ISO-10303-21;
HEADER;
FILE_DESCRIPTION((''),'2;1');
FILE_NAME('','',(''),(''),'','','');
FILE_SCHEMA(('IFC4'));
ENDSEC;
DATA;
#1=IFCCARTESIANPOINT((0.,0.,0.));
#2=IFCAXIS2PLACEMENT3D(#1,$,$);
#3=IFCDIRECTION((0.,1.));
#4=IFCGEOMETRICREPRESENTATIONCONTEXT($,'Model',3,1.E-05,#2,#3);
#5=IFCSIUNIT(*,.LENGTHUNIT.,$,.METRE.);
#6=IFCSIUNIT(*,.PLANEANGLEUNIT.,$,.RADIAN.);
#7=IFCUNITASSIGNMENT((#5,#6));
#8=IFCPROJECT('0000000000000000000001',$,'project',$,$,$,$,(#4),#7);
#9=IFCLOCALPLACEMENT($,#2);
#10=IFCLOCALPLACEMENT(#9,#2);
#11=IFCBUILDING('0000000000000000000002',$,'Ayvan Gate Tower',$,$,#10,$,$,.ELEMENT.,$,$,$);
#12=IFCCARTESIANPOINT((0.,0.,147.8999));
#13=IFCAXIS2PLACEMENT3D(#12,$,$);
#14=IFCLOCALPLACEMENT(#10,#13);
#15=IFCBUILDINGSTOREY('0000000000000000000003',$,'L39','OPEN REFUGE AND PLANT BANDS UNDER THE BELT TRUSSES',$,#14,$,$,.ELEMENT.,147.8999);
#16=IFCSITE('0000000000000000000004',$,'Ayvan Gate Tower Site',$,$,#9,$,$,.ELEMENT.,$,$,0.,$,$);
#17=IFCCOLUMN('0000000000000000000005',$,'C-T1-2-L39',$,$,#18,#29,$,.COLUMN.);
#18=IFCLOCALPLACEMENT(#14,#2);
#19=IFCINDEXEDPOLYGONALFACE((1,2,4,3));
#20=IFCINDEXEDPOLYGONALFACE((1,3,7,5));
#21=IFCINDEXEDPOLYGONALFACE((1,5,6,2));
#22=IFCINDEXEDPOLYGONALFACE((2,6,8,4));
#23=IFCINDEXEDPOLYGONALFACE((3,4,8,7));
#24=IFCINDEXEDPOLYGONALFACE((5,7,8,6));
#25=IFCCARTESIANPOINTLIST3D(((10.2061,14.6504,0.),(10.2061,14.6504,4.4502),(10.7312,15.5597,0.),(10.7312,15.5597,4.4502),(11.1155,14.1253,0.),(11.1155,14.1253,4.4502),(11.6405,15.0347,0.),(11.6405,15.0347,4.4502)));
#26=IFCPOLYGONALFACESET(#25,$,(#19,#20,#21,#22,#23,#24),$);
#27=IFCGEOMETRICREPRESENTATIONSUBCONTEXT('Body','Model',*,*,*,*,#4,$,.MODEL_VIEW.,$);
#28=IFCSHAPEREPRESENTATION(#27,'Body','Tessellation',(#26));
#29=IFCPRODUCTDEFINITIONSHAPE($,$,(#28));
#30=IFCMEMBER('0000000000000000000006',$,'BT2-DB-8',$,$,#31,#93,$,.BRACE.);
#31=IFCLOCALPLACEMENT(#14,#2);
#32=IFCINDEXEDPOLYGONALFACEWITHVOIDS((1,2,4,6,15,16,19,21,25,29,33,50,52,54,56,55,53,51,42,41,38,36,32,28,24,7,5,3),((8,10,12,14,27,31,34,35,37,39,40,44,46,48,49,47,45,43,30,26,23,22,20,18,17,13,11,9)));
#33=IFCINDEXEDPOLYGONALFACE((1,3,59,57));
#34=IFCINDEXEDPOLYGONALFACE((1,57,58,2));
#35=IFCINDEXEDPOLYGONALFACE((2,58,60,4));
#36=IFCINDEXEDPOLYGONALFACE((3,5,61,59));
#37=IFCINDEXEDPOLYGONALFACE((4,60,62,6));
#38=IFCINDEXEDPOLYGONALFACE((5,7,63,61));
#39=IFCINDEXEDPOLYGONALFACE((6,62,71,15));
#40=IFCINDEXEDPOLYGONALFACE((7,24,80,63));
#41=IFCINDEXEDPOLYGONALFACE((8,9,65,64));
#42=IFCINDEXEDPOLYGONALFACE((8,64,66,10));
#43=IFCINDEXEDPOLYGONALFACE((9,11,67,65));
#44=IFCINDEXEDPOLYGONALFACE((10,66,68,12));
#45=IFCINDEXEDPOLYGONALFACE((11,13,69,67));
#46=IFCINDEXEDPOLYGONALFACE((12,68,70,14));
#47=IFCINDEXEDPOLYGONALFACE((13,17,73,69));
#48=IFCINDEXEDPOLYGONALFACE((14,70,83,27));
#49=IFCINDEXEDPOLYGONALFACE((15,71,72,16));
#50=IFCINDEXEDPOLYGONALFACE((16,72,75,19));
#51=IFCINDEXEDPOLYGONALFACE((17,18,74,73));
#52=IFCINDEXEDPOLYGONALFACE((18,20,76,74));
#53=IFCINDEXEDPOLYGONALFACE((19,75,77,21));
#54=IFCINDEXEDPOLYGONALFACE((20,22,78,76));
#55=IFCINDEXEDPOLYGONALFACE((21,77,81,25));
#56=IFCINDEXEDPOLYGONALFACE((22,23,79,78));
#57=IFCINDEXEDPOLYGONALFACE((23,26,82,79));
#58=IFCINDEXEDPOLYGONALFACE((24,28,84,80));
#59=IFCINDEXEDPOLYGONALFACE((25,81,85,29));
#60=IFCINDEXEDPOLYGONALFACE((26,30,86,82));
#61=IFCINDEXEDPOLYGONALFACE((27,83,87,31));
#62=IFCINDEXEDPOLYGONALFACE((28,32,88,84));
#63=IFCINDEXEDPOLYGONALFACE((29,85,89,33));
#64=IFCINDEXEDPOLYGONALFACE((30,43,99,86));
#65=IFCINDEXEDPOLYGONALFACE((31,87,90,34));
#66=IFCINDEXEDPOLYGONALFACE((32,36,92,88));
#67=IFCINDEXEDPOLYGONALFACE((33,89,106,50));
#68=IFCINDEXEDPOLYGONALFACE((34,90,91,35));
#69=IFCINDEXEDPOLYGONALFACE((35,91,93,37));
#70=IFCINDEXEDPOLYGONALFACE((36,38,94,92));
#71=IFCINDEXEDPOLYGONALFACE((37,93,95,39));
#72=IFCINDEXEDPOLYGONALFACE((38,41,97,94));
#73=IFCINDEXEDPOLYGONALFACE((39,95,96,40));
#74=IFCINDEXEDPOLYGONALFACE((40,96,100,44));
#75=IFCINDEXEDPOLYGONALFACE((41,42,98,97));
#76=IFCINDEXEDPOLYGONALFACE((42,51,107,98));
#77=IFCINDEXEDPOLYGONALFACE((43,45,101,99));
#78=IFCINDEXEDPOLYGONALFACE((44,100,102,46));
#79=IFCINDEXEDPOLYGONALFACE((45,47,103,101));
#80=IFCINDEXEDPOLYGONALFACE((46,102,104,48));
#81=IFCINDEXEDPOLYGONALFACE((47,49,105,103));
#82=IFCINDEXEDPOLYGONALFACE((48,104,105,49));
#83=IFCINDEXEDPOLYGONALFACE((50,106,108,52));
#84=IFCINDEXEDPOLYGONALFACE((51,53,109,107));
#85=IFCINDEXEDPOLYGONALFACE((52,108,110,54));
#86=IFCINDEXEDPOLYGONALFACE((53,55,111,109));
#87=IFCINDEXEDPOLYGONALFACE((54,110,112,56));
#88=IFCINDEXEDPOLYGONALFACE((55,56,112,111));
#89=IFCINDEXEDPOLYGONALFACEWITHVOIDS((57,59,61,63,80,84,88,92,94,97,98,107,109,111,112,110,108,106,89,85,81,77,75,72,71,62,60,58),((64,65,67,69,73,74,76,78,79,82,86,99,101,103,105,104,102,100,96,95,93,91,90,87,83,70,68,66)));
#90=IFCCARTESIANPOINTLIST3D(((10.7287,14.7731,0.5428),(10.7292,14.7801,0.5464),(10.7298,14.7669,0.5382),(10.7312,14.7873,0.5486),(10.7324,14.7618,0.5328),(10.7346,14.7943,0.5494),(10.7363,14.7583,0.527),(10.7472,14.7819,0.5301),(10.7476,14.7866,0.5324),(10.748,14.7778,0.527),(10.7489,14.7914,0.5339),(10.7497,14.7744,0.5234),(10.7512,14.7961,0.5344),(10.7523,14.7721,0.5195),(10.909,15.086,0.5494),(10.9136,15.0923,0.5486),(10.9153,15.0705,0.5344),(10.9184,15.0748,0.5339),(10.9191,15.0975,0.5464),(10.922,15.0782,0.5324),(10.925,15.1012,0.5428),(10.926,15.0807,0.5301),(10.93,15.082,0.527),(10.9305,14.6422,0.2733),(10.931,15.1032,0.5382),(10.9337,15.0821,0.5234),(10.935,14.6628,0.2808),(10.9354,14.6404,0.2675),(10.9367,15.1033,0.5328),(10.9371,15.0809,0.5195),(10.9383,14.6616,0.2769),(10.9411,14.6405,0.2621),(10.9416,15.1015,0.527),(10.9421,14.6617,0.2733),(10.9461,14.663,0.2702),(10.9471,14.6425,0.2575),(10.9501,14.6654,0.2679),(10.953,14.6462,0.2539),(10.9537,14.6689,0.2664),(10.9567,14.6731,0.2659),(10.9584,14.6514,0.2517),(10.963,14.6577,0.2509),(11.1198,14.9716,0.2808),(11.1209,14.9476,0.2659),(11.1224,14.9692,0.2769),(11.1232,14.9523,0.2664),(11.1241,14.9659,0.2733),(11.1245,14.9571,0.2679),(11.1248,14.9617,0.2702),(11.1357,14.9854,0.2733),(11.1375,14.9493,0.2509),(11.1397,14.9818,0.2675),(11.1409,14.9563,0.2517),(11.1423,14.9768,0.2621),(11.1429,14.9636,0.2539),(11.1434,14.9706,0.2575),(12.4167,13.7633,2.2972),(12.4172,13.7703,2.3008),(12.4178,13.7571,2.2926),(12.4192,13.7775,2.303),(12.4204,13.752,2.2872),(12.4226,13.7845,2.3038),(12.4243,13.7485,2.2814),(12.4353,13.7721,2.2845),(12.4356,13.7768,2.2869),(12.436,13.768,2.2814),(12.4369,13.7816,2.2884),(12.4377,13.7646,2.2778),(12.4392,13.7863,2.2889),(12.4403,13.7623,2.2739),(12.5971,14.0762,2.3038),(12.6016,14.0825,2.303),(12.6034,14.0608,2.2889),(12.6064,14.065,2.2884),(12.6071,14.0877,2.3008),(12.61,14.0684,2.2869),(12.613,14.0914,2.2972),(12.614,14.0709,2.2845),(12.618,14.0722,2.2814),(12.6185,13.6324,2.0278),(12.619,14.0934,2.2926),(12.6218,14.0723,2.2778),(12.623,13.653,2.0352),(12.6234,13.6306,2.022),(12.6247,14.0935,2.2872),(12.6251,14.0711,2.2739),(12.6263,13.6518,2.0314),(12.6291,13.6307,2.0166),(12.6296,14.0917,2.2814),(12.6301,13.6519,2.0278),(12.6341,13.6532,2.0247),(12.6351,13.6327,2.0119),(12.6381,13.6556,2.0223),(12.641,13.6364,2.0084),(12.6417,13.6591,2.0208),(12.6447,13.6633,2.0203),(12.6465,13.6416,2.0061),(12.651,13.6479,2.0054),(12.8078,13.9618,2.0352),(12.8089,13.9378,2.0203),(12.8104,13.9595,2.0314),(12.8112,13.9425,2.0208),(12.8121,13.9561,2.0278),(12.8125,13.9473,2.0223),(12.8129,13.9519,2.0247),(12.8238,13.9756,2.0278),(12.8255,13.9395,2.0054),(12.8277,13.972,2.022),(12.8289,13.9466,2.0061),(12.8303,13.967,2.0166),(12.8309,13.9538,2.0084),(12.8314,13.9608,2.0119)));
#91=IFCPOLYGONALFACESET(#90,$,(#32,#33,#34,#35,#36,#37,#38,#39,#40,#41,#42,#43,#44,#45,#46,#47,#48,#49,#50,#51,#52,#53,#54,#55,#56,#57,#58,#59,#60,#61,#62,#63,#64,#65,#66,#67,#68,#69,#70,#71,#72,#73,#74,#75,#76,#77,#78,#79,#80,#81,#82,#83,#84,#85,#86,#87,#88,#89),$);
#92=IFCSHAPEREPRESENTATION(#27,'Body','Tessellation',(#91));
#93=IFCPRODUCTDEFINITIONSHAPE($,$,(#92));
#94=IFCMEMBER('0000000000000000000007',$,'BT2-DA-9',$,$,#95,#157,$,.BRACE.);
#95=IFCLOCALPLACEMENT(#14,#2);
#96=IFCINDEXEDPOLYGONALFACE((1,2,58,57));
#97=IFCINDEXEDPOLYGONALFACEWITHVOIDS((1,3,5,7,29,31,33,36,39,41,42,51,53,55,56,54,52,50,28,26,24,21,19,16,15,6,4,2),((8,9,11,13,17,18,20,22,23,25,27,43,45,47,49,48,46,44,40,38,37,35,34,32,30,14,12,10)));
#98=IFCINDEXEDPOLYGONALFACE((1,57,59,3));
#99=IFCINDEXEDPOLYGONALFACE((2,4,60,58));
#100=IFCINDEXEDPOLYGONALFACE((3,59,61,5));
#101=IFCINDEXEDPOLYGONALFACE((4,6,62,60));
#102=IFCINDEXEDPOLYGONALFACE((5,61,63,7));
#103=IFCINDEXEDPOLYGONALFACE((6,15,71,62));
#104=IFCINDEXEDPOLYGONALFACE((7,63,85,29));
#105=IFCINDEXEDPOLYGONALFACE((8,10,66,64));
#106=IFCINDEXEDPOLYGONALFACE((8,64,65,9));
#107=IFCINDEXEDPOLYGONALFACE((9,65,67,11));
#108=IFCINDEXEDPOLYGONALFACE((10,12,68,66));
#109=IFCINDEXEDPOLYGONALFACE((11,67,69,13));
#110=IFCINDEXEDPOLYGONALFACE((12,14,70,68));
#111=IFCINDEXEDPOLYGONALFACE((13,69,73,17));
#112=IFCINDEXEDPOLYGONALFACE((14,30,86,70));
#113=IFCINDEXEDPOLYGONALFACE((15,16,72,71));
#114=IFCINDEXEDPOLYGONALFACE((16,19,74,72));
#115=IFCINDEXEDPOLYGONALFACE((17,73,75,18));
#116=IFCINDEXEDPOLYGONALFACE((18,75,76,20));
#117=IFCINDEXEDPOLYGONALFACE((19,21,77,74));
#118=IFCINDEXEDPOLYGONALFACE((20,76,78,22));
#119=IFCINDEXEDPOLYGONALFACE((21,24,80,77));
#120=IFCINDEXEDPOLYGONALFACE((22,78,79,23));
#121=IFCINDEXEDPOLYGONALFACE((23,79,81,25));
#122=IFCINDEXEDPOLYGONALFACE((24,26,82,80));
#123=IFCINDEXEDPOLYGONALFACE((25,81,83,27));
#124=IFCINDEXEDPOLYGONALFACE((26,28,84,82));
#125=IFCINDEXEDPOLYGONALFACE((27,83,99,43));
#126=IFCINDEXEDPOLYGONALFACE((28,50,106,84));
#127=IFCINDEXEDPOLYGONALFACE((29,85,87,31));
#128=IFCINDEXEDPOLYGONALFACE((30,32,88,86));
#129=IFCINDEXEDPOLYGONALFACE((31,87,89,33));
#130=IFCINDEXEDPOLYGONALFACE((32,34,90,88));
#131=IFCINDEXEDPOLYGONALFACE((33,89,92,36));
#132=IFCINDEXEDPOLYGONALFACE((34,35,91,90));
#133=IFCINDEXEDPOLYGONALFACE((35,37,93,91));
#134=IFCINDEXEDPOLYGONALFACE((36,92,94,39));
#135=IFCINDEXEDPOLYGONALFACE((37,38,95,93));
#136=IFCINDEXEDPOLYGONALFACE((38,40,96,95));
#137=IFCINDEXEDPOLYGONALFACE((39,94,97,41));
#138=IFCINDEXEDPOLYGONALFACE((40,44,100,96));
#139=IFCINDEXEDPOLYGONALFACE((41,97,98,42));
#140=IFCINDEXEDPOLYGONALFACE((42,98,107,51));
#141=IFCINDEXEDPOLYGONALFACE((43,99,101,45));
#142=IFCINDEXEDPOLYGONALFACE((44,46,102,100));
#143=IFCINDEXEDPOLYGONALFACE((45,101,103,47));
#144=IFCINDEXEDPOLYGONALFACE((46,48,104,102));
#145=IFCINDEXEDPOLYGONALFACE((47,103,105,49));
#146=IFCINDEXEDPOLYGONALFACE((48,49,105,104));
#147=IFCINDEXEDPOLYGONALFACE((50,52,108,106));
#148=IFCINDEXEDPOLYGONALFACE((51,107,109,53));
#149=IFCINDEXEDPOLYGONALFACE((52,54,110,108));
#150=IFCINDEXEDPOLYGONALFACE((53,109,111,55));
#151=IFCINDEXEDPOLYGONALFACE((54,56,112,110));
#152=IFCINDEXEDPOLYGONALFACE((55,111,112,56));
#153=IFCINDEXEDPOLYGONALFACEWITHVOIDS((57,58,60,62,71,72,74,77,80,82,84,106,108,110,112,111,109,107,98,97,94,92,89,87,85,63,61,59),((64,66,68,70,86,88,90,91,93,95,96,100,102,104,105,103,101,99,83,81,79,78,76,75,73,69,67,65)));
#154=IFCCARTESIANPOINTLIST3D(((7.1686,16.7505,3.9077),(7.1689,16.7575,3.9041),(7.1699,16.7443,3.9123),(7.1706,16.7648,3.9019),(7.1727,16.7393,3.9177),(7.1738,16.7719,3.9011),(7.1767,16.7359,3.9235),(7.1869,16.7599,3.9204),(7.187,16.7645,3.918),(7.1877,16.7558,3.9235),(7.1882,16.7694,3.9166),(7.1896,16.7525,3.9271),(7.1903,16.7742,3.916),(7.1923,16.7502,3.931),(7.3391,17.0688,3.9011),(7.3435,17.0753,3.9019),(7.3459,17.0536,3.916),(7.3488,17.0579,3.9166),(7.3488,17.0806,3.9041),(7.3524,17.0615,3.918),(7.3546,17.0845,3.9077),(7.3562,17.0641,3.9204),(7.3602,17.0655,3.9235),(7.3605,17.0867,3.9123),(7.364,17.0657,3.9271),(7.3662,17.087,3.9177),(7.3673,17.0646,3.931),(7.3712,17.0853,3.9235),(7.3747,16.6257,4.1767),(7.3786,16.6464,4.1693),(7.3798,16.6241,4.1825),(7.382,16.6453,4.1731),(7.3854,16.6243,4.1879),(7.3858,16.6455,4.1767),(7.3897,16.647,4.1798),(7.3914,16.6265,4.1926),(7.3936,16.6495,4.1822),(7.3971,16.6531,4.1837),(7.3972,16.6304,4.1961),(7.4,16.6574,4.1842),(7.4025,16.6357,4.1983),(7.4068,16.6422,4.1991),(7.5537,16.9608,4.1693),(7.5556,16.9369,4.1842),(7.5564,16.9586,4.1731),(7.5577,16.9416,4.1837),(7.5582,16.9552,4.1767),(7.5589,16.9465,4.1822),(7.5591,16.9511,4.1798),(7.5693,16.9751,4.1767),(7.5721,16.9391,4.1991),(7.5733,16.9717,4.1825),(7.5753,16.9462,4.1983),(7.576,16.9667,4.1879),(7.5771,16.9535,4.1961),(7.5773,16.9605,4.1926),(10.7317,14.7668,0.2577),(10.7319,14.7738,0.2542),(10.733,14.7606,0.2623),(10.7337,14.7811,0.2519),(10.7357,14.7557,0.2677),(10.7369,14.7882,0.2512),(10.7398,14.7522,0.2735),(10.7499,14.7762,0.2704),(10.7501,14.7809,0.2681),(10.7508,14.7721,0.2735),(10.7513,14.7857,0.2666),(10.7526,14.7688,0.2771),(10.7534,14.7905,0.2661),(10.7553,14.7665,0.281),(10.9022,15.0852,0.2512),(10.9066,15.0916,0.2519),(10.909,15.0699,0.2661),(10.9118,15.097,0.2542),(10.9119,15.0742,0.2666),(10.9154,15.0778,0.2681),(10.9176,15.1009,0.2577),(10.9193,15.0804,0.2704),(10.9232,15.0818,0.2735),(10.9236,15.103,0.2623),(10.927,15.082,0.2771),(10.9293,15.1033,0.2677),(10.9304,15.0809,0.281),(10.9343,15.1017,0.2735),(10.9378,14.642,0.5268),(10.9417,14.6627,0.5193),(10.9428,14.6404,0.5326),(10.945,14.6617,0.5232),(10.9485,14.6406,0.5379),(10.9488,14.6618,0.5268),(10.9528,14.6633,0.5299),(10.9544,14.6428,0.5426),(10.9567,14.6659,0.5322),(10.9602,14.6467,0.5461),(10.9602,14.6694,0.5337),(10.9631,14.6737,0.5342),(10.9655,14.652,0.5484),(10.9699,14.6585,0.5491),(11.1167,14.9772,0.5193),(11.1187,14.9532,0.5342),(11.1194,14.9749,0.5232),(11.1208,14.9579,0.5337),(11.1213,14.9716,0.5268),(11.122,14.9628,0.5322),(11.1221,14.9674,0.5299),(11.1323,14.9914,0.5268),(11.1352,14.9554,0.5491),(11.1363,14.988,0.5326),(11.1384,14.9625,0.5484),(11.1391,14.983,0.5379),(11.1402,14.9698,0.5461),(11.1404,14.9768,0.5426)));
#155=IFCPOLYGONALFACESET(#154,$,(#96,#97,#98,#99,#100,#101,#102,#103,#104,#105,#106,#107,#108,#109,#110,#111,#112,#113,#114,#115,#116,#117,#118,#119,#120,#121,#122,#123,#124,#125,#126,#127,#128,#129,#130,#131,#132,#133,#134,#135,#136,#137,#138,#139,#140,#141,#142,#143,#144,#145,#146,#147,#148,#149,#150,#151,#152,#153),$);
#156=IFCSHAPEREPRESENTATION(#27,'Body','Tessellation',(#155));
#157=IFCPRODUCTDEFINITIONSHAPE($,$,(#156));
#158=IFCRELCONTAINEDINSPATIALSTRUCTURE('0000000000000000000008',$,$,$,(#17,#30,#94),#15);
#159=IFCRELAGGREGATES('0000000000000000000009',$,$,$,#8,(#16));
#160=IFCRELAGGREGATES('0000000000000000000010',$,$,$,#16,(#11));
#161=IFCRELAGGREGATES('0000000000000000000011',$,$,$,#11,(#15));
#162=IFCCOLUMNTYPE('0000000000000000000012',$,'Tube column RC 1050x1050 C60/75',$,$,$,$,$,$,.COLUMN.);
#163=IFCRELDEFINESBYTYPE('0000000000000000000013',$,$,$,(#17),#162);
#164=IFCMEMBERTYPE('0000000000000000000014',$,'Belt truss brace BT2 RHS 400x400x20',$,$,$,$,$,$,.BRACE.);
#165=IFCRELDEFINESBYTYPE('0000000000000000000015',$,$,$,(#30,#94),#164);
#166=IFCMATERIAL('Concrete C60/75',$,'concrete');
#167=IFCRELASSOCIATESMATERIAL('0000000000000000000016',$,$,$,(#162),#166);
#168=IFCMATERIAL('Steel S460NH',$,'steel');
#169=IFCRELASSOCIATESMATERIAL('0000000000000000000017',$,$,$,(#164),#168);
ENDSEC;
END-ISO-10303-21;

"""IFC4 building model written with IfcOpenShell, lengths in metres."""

from ifc_helpers import new_model, si_unit, direction, frame, origin, origin_2d, place, context, subcontext, project, spatial, rectangle, hollow_rectangle, extrude, material, material_profile, profile_set, type_object, element, save


model = new_model("IFC4")

# Units and contexts
model_context = context("Model", 3, precision=1e-05, world=origin(), true_north=direction((0.0, 1.0)))
body_context = subcontext(model_context, "Body", "Model", "MODEL_VIEW")
ifc_project = project(units=[si_unit("LENGTHUNIT", "METRE"), si_unit("PLANEANGLEUNIT", "RADIAN")], contexts=[model_context])

# Site, building, storey
site_placement = place(None, origin())
site = spatial("IfcSite", under=ifc_project, at=site_placement, Name="Ayvan Gate Tower Site", CompositionType="ELEMENT", RefElevation=0.0)
building_placement = place(site_placement, origin())
building = spatial("IfcBuilding", under=site, at=building_placement, Name="Ayvan Gate Tower", CompositionType="ELEMENT")
storey_placement = place(building_placement, frame((0.0, 0.0, 147.8999)))
storey = spatial("IfcBuildingStorey", under=building, at=storey_placement, Name="L39", Description="OPEN REFUGE AND PLANT BANDS UNDER THE BELT TRUSSES", CompositionType="ELEMENT", Elevation=147.8999)

# Column
ifc_material_1 = material(Name="Concrete C60/75", Category="concrete")
ifc_material_profile_1 = material_profile(ifc_material_1, rectangle(XDim=1.05, YDim=1.05, at=origin_2d()), Name="RC 1050x1050")
ifc_profile_set_1 = profile_set([ifc_material_profile_1], Name="Concrete C60/75")
column_type = type_object("IfcColumnType", Name="Tube column RC 1050x1050 C60/75", PredefinedType="COLUMN", material=ifc_profile_set_1)
column_placement = place(storey_placement, frame((10.9233, 14.8425, 0.0), z_axis=(0.0, 0.0, 1.0), x_axis=(0.5, 0.866025, 0.0)))
element("IfcColumn", 1, at=column_placement, inside=storey, type_object=column_type, Name="C-T1-2-L39", PredefinedType="COLUMN", context=body_context, shape_type="SweptSolid", body=[
    extrude(rectangle(XDim=1.05, YDim=1.05, at=origin_2d()), origin(), (0.0, 0.0, 1.0), 4.4502),
])

# Members
ifc_material_2 = material(Name="Steel S460NH", Category="steel")
ifc_material_profile_2 = material_profile(ifc_material_2, hollow_rectangle(XDim=0.3999, YDim=0.3999, WallThickness=0.02, InnerFilletRadius=0.02, OuterFilletRadius=0.03, at=origin_2d()), Name="RHS 400x400x20")
ifc_profile_set_2 = profile_set([ifc_material_profile_2], Name="Steel S460NH")
member_type_1 = type_object("IfcMemberType", Name="Belt truss brace BT2 RHS 400x400x20", PredefinedType="BRACE", material=ifc_profile_set_2)
member_1_placement = place(storey_placement, frame((10.936, 14.8718, 0.4001), z_axis=(0.640436, -0.383113, 0.665632), x_axis=(0.513364, 0.858171, 0.0)))
element("IfcMember", 2, at=member_1_placement, inside=storey, type_object=member_type_1, Name="BT2-DB-8", PredefinedType="BRACE", context=body_context, shape_type="SweptSolid", body=[
    extrude(hollow_rectangle(XDim=0.3999, YDim=0.3999, WallThickness=0.02, InnerFilletRadius=0.02, OuterFilletRadius=0.03, at=origin_2d()), origin(), (0.0, 0.0, 1.0), 2.6357),
])
member_2_placement = place(storey_placement, frame((10.936, 14.8718, 0.4001), z_axis=(-0.651036, 0.362455, 0.666917), x_axis=(-0.486431, -0.873719, 0.0)))
element("IfcMember", 3, at=member_2_placement, inside=storey, type_object=member_type_1, Name="BT2-DA-9", PredefinedType="BRACE", context=body_context, shape_type="SweptSolid", body=[
    extrude(hollow_rectangle(XDim=0.3999, YDim=0.3999, WallThickness=0.02, InnerFilletRadius=0.02, OuterFilletRadius=0.03, at=origin_2d()), origin(), (0.0, 0.0, 1.0), 5.4729),
])

save(model, "model.ifc")
